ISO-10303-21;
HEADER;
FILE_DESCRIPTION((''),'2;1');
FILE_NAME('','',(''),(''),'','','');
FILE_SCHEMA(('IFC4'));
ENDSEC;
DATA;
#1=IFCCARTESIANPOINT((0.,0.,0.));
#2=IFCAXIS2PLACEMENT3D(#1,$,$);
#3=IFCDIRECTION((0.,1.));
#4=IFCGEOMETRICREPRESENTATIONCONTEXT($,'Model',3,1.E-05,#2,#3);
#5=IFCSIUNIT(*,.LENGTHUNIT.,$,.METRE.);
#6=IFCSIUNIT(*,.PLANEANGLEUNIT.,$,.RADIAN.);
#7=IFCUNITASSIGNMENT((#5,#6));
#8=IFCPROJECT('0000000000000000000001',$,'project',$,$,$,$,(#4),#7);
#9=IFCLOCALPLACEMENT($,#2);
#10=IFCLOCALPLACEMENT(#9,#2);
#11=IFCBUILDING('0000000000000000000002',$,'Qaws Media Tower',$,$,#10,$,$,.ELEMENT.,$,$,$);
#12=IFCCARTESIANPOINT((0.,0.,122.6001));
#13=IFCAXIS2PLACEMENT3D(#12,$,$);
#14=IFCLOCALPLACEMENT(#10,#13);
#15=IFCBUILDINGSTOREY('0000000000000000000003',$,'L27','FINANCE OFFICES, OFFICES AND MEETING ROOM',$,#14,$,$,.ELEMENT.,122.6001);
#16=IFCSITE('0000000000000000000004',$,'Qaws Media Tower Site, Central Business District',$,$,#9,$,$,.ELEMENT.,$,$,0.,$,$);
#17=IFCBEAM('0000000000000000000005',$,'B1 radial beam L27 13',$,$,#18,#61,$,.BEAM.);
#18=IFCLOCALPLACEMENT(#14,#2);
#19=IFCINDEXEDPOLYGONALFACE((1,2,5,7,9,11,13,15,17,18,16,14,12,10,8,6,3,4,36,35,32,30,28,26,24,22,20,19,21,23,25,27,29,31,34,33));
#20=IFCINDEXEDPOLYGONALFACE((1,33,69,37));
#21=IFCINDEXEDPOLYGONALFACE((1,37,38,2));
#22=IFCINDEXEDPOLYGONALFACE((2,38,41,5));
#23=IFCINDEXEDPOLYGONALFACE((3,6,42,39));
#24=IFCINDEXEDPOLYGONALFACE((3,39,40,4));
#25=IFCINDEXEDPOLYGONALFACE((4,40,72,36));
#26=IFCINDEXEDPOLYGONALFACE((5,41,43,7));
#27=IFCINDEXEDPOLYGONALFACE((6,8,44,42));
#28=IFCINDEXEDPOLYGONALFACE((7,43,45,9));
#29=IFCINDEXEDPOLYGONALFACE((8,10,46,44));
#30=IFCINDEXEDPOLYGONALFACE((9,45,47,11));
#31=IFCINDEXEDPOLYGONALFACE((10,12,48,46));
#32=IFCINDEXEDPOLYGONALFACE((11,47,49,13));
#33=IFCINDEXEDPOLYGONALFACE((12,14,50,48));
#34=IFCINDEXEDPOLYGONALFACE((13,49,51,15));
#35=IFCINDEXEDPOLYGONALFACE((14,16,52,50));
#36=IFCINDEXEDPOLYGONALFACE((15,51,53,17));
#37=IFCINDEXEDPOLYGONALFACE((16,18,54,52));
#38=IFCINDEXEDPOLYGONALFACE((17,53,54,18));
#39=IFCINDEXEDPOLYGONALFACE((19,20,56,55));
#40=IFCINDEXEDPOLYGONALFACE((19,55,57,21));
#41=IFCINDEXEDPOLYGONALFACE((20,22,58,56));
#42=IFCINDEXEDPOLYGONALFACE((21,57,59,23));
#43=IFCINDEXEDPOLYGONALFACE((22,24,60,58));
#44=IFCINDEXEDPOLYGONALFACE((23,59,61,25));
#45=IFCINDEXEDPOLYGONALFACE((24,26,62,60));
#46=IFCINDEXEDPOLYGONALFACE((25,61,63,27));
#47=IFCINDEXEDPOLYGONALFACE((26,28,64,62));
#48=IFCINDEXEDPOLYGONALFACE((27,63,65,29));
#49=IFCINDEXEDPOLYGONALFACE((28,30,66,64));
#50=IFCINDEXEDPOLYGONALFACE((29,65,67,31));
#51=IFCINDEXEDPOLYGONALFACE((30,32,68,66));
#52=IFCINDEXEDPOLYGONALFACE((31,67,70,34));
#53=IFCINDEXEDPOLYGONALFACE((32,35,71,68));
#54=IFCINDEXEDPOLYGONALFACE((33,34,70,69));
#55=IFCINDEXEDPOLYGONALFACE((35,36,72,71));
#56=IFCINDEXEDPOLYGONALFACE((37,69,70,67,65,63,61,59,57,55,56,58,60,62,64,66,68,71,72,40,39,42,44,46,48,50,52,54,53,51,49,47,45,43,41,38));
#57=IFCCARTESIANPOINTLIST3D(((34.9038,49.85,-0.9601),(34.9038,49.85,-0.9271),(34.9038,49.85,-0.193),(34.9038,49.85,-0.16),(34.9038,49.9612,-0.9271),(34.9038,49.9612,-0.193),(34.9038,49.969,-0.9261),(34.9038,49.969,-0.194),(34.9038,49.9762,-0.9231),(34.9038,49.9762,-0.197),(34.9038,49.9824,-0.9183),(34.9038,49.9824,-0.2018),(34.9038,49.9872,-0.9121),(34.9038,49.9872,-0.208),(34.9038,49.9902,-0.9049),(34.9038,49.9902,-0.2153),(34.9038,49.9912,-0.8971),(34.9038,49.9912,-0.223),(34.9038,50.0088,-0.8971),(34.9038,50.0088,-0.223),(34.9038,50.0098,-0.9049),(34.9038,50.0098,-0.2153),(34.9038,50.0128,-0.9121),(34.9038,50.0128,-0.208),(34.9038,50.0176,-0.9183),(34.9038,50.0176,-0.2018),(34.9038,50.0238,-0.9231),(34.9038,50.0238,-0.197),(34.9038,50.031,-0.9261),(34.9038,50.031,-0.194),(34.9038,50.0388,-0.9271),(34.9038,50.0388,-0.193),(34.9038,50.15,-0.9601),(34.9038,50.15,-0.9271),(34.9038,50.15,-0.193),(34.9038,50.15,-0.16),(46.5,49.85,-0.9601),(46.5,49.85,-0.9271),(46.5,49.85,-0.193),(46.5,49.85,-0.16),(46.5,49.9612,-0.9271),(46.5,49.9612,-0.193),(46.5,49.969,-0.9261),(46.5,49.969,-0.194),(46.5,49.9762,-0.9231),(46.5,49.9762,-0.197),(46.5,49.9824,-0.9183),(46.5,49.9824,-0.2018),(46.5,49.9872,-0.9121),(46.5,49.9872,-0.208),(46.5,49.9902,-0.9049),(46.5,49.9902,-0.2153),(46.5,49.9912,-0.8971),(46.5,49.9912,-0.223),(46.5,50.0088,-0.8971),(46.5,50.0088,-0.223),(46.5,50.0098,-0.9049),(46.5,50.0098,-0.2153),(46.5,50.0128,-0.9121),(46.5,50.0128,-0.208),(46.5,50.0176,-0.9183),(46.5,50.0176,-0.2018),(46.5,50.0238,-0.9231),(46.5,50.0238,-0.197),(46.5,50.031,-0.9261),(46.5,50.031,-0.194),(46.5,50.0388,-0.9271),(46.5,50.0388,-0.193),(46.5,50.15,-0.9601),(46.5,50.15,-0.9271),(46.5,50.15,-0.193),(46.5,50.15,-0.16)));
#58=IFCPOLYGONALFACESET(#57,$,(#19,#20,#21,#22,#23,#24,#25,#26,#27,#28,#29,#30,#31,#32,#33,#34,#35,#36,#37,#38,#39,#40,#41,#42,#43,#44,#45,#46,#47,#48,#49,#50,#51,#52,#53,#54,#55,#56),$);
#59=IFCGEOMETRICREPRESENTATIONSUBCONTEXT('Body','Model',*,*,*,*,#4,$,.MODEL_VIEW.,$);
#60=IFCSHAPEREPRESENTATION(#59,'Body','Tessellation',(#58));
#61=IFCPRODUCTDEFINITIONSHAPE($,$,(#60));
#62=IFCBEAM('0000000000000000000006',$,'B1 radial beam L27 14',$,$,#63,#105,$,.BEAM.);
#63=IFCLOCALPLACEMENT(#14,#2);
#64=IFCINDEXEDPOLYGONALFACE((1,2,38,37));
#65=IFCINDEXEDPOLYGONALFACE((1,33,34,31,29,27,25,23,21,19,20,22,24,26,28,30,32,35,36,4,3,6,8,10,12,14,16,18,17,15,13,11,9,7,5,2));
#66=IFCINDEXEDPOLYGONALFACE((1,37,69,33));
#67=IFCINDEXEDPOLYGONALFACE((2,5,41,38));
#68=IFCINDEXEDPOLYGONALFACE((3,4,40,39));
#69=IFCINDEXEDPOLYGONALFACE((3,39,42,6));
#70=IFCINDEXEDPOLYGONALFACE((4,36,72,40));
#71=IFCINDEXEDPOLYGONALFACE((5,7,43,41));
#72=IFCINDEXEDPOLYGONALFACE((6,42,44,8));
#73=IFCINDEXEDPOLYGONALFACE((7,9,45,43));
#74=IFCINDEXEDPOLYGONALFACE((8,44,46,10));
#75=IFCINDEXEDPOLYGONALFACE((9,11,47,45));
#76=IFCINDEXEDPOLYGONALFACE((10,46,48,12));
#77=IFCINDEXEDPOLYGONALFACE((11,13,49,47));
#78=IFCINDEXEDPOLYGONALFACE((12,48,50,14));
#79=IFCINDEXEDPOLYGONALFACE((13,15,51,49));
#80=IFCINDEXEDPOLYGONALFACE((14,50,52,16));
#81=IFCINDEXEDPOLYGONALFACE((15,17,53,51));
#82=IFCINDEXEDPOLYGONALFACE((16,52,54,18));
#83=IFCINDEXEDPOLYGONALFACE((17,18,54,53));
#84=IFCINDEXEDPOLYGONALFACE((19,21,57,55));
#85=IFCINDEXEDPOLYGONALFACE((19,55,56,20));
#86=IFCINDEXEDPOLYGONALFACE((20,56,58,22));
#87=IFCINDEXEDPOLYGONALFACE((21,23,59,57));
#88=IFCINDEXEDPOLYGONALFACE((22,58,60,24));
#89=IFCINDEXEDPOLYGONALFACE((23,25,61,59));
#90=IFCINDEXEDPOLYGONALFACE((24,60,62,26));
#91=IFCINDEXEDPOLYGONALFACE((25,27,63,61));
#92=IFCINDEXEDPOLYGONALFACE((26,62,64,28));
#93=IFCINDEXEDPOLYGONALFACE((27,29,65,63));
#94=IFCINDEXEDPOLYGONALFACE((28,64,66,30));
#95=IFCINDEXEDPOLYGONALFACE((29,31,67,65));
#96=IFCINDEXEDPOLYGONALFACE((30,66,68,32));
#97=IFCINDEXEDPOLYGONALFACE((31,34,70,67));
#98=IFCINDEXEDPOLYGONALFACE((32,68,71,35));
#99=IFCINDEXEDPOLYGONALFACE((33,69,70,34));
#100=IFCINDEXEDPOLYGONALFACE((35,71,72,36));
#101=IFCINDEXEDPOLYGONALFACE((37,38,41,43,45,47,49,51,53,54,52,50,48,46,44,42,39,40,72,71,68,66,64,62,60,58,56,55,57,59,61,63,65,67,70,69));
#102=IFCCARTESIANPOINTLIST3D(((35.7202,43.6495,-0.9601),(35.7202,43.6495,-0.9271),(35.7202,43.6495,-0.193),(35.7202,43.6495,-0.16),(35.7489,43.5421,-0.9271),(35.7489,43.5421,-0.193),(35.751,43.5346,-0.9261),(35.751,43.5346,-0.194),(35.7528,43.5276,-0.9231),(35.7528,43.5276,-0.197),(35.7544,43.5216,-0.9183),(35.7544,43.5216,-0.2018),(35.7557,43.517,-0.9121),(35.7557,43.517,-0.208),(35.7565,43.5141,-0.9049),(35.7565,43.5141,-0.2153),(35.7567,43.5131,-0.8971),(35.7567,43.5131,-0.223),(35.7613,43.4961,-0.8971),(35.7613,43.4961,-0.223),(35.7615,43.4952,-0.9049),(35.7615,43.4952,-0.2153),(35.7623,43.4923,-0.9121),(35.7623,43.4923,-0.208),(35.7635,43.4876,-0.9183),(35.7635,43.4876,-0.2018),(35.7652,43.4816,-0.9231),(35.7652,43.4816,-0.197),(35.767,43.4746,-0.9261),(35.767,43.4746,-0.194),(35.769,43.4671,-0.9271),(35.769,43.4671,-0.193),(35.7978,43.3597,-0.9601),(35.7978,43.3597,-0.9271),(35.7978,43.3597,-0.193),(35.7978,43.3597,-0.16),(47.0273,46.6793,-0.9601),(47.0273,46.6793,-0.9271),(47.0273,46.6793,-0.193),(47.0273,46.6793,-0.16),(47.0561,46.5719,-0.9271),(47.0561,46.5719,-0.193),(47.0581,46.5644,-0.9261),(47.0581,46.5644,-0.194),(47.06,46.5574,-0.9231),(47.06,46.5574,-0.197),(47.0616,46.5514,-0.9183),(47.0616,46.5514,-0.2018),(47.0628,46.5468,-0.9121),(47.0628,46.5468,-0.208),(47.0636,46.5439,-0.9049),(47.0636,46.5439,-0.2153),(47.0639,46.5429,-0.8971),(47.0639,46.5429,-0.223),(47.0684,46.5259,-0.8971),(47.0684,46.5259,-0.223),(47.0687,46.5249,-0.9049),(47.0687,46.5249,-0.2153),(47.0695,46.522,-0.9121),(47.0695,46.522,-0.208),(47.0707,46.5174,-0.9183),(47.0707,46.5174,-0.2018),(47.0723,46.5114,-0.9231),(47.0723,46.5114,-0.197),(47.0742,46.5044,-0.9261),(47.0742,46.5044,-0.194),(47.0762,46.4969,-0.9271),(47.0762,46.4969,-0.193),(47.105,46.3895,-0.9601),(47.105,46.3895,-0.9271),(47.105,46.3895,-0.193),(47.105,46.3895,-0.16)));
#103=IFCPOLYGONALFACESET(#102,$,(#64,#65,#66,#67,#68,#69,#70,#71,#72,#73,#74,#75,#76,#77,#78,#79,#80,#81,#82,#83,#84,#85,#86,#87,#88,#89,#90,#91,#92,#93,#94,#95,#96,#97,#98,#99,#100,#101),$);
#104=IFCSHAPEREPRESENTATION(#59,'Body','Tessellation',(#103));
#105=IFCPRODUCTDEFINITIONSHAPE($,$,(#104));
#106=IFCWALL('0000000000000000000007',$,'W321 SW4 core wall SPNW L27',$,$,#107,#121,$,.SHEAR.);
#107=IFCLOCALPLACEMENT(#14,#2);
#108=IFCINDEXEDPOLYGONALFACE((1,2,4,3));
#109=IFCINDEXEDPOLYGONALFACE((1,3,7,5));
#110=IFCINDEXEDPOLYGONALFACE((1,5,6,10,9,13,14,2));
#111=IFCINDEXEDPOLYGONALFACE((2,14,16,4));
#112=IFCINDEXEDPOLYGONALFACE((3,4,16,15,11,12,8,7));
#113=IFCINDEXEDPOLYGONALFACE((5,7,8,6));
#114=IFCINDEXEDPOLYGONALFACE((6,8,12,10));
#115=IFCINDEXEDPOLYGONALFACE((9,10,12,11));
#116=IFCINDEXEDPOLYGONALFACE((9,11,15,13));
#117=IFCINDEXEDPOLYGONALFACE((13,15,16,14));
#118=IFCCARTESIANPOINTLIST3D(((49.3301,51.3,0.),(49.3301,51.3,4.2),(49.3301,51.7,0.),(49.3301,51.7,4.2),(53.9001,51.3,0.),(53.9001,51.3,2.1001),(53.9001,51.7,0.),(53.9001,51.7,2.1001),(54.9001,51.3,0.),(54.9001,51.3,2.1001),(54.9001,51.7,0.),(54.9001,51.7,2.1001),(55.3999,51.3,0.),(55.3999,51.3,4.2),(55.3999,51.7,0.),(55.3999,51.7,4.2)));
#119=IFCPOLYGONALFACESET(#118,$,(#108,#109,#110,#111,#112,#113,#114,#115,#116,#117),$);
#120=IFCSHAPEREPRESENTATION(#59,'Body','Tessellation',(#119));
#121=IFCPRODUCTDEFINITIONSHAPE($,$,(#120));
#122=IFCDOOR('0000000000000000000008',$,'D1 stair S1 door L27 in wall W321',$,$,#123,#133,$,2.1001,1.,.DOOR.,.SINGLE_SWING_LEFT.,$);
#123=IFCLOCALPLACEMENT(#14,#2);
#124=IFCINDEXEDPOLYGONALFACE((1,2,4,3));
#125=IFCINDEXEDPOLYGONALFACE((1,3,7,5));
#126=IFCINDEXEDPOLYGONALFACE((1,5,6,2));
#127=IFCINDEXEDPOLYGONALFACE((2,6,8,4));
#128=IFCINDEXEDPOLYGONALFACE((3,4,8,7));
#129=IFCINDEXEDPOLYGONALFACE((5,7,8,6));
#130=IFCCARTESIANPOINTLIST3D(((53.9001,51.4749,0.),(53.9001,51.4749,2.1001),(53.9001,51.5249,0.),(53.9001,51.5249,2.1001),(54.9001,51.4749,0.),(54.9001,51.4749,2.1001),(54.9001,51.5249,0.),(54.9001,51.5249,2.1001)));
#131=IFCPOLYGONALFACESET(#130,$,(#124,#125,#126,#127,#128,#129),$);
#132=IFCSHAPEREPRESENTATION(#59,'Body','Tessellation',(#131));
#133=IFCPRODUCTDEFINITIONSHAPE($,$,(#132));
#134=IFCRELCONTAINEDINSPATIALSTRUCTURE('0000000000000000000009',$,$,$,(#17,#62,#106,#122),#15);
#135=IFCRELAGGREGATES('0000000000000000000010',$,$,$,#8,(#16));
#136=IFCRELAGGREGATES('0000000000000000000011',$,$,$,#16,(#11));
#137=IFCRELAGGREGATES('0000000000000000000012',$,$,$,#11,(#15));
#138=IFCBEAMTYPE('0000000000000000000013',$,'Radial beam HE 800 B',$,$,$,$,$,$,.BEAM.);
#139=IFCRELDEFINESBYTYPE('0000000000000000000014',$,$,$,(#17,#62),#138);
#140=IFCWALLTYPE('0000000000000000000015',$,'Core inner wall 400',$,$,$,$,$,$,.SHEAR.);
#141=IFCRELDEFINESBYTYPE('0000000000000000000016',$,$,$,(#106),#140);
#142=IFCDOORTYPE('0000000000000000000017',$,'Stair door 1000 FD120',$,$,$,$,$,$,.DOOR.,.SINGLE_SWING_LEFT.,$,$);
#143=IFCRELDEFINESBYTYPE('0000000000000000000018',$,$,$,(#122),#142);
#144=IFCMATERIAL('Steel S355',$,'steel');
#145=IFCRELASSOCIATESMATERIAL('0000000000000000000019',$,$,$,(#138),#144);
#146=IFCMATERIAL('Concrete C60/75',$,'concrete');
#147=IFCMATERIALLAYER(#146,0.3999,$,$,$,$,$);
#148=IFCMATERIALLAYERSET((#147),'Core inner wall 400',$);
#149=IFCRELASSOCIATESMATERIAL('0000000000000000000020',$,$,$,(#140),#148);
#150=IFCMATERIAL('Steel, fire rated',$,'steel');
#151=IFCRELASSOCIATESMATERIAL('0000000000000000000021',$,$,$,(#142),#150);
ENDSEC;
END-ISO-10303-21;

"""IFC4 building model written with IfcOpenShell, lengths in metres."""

from ifc_helpers import new_model, si_unit, direction, frame, frame_2d, origin, origin_2d, place, context, subcontext, project, spatial, rectangle, i_section, extrude, material, layer, layer_set, material_profile, profile_set, type_object, element, fill, save


model = new_model("IFC4")

# Units and contexts
model_context = context("Model", 3, precision=1e-05, world=origin(), true_north=direction((0.0, 1.0)))
body_context = subcontext(model_context, "Body", "Model", "MODEL_VIEW")
ifc_project = project(units=[si_unit("LENGTHUNIT", "METRE"), si_unit("PLANEANGLEUNIT", "RADIAN")], contexts=[model_context])

# Site, building, storey
site_placement = place(None, origin())
site = spatial("IfcSite", under=ifc_project, at=site_placement, Name="Qaws Media Tower Site, Central Business District", CompositionType="ELEMENT", RefElevation=0.0)
building_placement = place(site_placement, origin())
building = spatial("IfcBuilding", under=site, at=building_placement, Name="Qaws Media Tower", CompositionType="ELEMENT")
storey_placement = place(building_placement, frame((0.0, 0.0, 122.6001)))
storey = spatial("IfcBuildingStorey", under=building, at=storey_placement, Name="L27", Description="FINANCE OFFICES, OFFICES AND MEETING ROOM", CompositionType="ELEMENT", Elevation=122.6001)

# Beams
ifc_material_1 = material(Name="Steel S355", Category="steel")
ifc_material_profile_1 = material_profile(ifc_material_1, i_section(OverallWidth=0.3, OverallDepth=0.8, WebThickness=0.0176, FlangeThickness=0.033, FilletRadius=0.03, at=origin_2d()), Name="HE 800 B")
ifc_profile_set_1 = profile_set([ifc_material_profile_1], Name="Steel S355")
beam_type_1 = type_object("IfcBeamType", Name="Radial beam HE 800 B", PredefinedType="BEAM", material=ifc_profile_set_1)
beam_1_placement = place(storey_placement, frame((46.5, 50.0, -0.5601), z_axis=(-1.0, 0.0, 0.0), x_axis=(0.0, -1.0, 0.0)))
element("IfcBeam", 1, at=beam_1_placement, inside=storey, type_object=beam_type_1, Name="B1 radial beam L27 13", PredefinedType="BEAM", context=body_context, shape_type="SweptSolid", body=[
    extrude(i_section(OverallWidth=0.3, OverallDepth=0.8, WebThickness=0.0176, FlangeThickness=0.033, FilletRadius=0.03, at=origin_2d()), origin(), (0.0, 0.0, 1.0), 11.5962),
])
beam_2_placement = place(storey_placement, frame((47.0662, 46.5344, -0.5601), z_axis=(-0.965925, -0.258823, 0.0), x_axis=(0.258823, -0.965925, 0.0)))
element("IfcBeam", 2, at=beam_2_placement, inside=storey, type_object=beam_type_1, Name="B1 radial beam L27 14", PredefinedType="BEAM", context=body_context, shape_type="SweptSolid", body=[
    extrude(i_section(OverallWidth=0.3, OverallDepth=0.8, WebThickness=0.0176, FlangeThickness=0.033, FilletRadius=0.03, at=origin_2d()), origin(), (0.0, 0.0, 1.0), 11.7061),
])

# Wall, opening, door
ifc_material_2 = material(Name="Concrete C60/75", Category="concrete")
ifc_layer_1 = layer(ifc_material_2, 0.3999)
ifc_layer_set_1 = layer_set([ifc_layer_1], Name="Core inner wall 400")
wall_type_1 = type_object("IfcWallType", Name="Core inner wall 400", PredefinedType="SHEAR", material=ifc_layer_set_1)
wall_1_placement = place(storey_placement, frame((49.3301, 51.5, 0.0), z_axis=(0.0, 0.0, 1.0), x_axis=(1.0, 0.0, 0.0)))
wall_1 = element("IfcWall", 3, at=wall_1_placement, inside=storey, type_object=wall_type_1, Name="W321 SW4 core wall SPNW L27", PredefinedType="SHEAR", context=body_context, shape_type="SweptSolid", body=[
    extrude(rectangle(XDim=6.0698, YDim=0.3999, at=frame_2d((3.0349, 0.0))), origin(), (0.0, 0.0, 1.0), 4.2),
])
opening_1_placement = place(wall_1_placement, frame((4.5701, 0.0, 0.0)))
opening_1 = element("IfcOpeningElement", 4, at=opening_1_placement, cuts=wall_1, PredefinedType="OPENING", context=body_context, shape_type="SweptSolid", body=[
    extrude(rectangle(XDim=1.0, YDim=2.1001, at=frame_2d((0.5, 1.05))), frame((0.0, 0.21, 0.0), z_axis=(0.0, -1.0, 0.0), x_axis=(1.0, 0.0, 0.0)), (0.0, 0.0, 1.0), 0.4199),
])
ifc_material_3 = material(Name="Steel, fire rated", Category="steel")
door_type_1 = type_object("IfcDoorType", Name="Stair door 1000 FD120", OperationType="SINGLE_SWING_LEFT", PredefinedType="DOOR", material=ifc_material_3)
door_1_placement = place(opening_1_placement, origin())
door_1 = element("IfcDoor", 5, at=door_1_placement, inside=storey, type_object=door_type_1, Name="D1 stair S1 door L27 in wall W321", OperationType="SINGLE_SWING_LEFT", OverallHeight=2.1001, OverallWidth=1.0, PredefinedType="DOOR", context=body_context, shape_type="SweptSolid", body=[
    extrude(rectangle(XDim=1.0, YDim=2.1001, at=frame_2d((0.5, 1.05))), frame((0.0, 0.0249, 0.0), z_axis=(0.0, -1.0, 0.0), x_axis=(1.0, 0.0, 0.0)), (0.0, 0.0, 1.0), 0.05),
])
fill(opening_1, door_1)

save(model, "model.ifc")
